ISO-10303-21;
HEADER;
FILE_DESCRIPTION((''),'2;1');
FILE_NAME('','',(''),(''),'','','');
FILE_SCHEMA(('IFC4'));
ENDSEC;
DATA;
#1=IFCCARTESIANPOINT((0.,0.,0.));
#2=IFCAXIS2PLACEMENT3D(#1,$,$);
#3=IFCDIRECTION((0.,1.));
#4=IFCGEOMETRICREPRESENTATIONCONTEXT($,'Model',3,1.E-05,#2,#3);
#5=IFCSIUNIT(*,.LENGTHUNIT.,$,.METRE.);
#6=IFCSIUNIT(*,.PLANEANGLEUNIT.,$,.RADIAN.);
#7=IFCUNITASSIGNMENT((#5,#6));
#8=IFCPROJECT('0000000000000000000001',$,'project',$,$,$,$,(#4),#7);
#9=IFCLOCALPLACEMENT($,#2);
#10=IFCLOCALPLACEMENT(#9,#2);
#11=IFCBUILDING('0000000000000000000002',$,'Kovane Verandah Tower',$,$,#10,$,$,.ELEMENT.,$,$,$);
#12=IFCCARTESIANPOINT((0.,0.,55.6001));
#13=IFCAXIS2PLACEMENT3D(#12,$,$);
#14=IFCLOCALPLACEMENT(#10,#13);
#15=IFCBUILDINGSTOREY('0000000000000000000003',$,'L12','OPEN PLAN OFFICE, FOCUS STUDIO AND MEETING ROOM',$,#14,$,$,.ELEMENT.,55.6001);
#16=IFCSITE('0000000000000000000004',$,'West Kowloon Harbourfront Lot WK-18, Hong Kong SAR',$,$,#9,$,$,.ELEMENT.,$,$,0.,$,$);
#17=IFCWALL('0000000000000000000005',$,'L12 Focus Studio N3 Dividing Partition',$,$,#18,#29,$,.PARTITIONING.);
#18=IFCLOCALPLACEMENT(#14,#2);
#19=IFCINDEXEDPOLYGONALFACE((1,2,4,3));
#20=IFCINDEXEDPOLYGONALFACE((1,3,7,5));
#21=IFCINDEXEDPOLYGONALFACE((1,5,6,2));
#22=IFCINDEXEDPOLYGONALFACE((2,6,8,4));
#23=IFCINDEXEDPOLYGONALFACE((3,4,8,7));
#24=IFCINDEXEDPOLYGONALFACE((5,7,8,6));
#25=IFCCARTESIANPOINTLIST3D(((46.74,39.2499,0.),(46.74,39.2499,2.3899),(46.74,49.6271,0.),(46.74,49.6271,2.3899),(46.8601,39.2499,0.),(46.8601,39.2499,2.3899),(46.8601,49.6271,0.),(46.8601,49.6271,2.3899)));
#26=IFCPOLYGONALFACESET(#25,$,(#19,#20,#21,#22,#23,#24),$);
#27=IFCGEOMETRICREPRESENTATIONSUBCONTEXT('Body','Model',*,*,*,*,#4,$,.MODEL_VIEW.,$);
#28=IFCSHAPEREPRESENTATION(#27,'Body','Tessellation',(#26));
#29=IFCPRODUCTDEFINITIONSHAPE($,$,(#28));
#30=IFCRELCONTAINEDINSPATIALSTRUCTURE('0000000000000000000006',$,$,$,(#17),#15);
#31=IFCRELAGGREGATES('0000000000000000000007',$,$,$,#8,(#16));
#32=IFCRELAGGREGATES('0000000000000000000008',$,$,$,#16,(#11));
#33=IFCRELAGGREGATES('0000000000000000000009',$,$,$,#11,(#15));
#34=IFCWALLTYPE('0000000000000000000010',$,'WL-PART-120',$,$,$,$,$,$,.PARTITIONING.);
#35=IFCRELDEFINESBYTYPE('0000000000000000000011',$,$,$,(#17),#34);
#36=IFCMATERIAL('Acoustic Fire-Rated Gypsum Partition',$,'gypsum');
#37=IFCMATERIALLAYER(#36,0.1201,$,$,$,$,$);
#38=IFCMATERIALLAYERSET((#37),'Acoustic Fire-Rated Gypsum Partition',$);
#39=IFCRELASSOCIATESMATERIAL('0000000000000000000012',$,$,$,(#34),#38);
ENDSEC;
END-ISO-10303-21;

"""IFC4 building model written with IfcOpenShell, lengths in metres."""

from ifc_helpers import new_model, si_unit, direction, frame, frame_2d, origin, place, context, subcontext, project, spatial, rectangle, extrude, material, layer, layer_set, type_object, element, save


model = new_model("IFC4")

# Units and contexts
model_context = context("Model", 3, precision=1e-05, world=origin(), true_north=direction((0.0, 1.0)))
body_context = subcontext(model_context, "Body", "Model", "MODEL_VIEW")
ifc_project = project(units=[si_unit("LENGTHUNIT", "METRE"), si_unit("PLANEANGLEUNIT", "RADIAN")], contexts=[model_context])

# Site, building, storey
site_placement = place(None, origin())
site = spatial("IfcSite", under=ifc_project, at=site_placement, Name="West Kowloon Harbourfront Lot WK-18, Hong Kong SAR", CompositionType="ELEMENT", RefElevation=0.0)
building_placement = place(site_placement, origin())
building = spatial("IfcBuilding", under=site, at=building_placement, Name="Kovane Verandah Tower", CompositionType="ELEMENT")
storey_placement = place(building_placement, frame((0.0, 0.0, 55.6001)))
storey = spatial("IfcBuildingStorey", under=building, at=storey_placement, Name="L12", Description="OPEN PLAN OFFICE, FOCUS STUDIO AND MEETING ROOM", CompositionType="ELEMENT", Elevation=55.6001)

# Wall
ifc_material_1 = material(Name="Acoustic Fire-Rated Gypsum Partition", Category="gypsum")
ifc_layer_1 = layer(ifc_material_1, 0.1201)
ifc_layer_set_1 = layer_set([ifc_layer_1], Name="Acoustic Fire-Rated Gypsum Partition")
wall_type_1 = type_object("IfcWallType", Name="WL-PART-120", PredefinedType="PARTITIONING", material=ifc_layer_set_1)
wall_1_placement = place(storey_placement, frame((46.8, 39.25, 0.0), z_axis=(0.0, 0.0, 1.0), x_axis=(0.0, 1.0, 0.0)))
element("IfcWall", 1, at=wall_1_placement, inside=storey, type_object=wall_type_1, Name="L12 Focus Studio N3 Dividing Partition", PredefinedType="PARTITIONING", context=body_context, shape_type="SweptSolid", body=[
    extrude(rectangle(XDim=10.3772, YDim=0.1201, at=frame_2d((5.1885, 0.0))), origin(), (0.0, 0.0, 1.0), 2.3899),
])

save(model, "model.ifc")
